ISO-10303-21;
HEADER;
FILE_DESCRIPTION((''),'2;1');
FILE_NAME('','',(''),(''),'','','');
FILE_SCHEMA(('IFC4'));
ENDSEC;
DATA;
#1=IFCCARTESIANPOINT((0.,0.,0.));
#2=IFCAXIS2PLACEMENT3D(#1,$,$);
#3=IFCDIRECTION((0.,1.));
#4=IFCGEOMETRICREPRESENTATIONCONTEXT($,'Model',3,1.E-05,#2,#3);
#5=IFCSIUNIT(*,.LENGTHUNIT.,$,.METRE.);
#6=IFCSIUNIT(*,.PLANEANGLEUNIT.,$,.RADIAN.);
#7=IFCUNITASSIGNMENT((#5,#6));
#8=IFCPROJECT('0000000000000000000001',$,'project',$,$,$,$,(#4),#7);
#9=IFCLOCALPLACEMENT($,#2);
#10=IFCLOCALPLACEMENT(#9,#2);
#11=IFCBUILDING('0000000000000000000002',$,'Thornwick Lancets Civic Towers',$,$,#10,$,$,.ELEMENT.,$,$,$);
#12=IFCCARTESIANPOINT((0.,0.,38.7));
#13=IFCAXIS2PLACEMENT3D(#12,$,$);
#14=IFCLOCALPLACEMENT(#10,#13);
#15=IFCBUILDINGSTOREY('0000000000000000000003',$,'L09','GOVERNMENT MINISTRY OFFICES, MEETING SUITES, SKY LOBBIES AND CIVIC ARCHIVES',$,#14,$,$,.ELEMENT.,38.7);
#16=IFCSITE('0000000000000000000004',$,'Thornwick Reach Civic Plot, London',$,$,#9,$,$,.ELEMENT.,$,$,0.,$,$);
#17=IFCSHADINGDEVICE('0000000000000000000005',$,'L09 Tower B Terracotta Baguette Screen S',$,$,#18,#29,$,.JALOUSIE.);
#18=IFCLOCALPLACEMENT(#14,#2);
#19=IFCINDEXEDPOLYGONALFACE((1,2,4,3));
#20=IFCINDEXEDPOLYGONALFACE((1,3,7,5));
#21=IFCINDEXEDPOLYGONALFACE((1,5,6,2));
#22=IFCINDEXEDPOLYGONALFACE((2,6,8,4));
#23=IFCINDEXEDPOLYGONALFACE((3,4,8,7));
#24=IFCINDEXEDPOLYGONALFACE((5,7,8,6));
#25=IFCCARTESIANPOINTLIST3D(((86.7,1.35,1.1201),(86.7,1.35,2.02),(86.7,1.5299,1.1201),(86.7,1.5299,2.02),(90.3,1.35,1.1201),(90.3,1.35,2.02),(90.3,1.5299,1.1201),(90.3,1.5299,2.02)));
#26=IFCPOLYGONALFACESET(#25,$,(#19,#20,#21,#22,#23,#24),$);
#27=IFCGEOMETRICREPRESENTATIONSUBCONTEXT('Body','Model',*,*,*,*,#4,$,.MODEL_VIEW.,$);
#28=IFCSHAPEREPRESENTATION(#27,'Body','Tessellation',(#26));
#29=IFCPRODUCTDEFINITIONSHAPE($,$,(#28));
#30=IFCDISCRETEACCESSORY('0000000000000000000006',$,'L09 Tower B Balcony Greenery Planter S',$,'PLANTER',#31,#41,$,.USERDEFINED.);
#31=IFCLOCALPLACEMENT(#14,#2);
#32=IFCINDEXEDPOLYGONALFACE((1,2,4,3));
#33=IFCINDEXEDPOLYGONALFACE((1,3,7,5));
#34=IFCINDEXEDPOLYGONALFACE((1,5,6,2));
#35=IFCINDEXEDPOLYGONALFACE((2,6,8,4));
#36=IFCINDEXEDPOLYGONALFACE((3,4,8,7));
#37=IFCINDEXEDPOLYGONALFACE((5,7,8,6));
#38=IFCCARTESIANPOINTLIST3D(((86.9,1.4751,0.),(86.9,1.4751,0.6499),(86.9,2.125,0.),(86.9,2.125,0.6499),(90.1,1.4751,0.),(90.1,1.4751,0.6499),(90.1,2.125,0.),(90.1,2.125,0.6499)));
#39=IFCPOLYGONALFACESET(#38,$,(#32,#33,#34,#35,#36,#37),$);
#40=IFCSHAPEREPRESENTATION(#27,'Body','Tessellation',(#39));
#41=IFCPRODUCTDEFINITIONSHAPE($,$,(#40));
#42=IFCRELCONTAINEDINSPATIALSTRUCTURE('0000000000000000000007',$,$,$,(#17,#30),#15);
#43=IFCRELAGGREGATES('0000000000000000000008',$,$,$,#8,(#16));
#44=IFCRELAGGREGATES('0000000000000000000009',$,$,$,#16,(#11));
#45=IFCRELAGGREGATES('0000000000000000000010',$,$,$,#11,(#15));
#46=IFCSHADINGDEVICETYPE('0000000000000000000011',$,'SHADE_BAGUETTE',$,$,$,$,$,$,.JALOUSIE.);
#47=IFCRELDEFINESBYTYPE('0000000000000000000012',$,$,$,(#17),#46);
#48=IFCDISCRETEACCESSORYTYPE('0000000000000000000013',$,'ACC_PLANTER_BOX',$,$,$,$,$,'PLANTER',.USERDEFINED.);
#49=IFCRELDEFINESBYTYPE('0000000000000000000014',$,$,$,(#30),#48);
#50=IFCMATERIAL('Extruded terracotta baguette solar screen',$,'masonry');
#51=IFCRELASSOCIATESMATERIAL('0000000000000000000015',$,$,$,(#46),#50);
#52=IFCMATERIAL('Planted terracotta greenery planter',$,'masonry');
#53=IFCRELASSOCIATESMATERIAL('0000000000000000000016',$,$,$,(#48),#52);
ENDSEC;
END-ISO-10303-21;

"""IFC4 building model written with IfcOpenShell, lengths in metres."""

from ifc_helpers import new_model, si_unit, direction, frame, origin, origin_2d, place, context, subcontext, project, spatial, rectangle, extrude, material, type_object, element, save


model = new_model("IFC4")

# Units and contexts
model_context = context("Model", 3, precision=1e-05, world=origin(), true_north=direction((0.0, 1.0)))
body_context = subcontext(model_context, "Body", "Model", "MODEL_VIEW")
ifc_project = project(units=[si_unit("LENGTHUNIT", "METRE"), si_unit("PLANEANGLEUNIT", "RADIAN")], contexts=[model_context])

# Site, building, storey
site_placement = place(None, origin())
site = spatial("IfcSite", under=ifc_project, at=site_placement, Name="Thornwick Reach Civic Plot, London", CompositionType="ELEMENT", RefElevation=0.0)
building_placement = place(site_placement, origin())
building = spatial("IfcBuilding", under=site, at=building_placement, Name="Thornwick Lancets Civic Towers", CompositionType="ELEMENT")
storey_placement = place(building_placement, frame((0.0, 0.0, 38.7)))
storey = spatial("IfcBuildingStorey", under=building, at=storey_placement, Name="L09", Description="GOVERNMENT MINISTRY OFFICES, MEETING SUITES, SKY LOBBIES AND CIVIC ARCHIVES", CompositionType="ELEMENT", Elevation=38.7)

# Shading device
ifc_material_1 = material(Name="Extruded terracotta baguette solar screen", Category="masonry")
shading_device_type = type_object("IfcShadingDeviceType", Name="SHADE_BAGUETTE", PredefinedType="JALOUSIE", material=ifc_material_1)
shading_device_placement = place(storey_placement, frame((88.5, 1.4399, 1.1201), z_axis=(0.0, 0.0, 1.0), x_axis=(1.0, 0.0, 0.0)))
element("IfcShadingDevice", 1, at=shading_device_placement, inside=storey, type_object=shading_device_type, Name="L09 Tower B Terracotta Baguette Screen S", PredefinedType="JALOUSIE", context=body_context, shape_type="SweptSolid", body=[
    extrude(rectangle(XDim=3.6001, YDim=0.1799, at=origin_2d()), origin(), (0.0, 0.0, 1.0), 0.8999),
])

# Discrete accessory
ifc_material_2 = material(Name="Planted terracotta greenery planter", Category="masonry")
discrete_accessory_type = type_object("IfcDiscreteAccessoryType", Name="ACC_PLANTER_BOX", ElementType="PLANTER", PredefinedType="USERDEFINED", material=ifc_material_2)
discrete_accessory_placement = place(storey_placement, frame((88.5, 1.8, 0.0), z_axis=(0.0, 0.0, 1.0), x_axis=(1.0, 0.0, 0.0)))
element("IfcDiscreteAccessory", 2, at=discrete_accessory_placement, inside=storey, type_object=discrete_accessory_type, Name="L09 Tower B Balcony Greenery Planter S", ObjectType="PLANTER", PredefinedType="USERDEFINED", context=body_context, shape_type="SweptSolid", body=[
    extrude(rectangle(XDim=3.2, YDim=0.6499, at=origin_2d()), origin(), (0.0, 0.0, 1.0), 0.6499),
])

save(model, "model.ifc")
